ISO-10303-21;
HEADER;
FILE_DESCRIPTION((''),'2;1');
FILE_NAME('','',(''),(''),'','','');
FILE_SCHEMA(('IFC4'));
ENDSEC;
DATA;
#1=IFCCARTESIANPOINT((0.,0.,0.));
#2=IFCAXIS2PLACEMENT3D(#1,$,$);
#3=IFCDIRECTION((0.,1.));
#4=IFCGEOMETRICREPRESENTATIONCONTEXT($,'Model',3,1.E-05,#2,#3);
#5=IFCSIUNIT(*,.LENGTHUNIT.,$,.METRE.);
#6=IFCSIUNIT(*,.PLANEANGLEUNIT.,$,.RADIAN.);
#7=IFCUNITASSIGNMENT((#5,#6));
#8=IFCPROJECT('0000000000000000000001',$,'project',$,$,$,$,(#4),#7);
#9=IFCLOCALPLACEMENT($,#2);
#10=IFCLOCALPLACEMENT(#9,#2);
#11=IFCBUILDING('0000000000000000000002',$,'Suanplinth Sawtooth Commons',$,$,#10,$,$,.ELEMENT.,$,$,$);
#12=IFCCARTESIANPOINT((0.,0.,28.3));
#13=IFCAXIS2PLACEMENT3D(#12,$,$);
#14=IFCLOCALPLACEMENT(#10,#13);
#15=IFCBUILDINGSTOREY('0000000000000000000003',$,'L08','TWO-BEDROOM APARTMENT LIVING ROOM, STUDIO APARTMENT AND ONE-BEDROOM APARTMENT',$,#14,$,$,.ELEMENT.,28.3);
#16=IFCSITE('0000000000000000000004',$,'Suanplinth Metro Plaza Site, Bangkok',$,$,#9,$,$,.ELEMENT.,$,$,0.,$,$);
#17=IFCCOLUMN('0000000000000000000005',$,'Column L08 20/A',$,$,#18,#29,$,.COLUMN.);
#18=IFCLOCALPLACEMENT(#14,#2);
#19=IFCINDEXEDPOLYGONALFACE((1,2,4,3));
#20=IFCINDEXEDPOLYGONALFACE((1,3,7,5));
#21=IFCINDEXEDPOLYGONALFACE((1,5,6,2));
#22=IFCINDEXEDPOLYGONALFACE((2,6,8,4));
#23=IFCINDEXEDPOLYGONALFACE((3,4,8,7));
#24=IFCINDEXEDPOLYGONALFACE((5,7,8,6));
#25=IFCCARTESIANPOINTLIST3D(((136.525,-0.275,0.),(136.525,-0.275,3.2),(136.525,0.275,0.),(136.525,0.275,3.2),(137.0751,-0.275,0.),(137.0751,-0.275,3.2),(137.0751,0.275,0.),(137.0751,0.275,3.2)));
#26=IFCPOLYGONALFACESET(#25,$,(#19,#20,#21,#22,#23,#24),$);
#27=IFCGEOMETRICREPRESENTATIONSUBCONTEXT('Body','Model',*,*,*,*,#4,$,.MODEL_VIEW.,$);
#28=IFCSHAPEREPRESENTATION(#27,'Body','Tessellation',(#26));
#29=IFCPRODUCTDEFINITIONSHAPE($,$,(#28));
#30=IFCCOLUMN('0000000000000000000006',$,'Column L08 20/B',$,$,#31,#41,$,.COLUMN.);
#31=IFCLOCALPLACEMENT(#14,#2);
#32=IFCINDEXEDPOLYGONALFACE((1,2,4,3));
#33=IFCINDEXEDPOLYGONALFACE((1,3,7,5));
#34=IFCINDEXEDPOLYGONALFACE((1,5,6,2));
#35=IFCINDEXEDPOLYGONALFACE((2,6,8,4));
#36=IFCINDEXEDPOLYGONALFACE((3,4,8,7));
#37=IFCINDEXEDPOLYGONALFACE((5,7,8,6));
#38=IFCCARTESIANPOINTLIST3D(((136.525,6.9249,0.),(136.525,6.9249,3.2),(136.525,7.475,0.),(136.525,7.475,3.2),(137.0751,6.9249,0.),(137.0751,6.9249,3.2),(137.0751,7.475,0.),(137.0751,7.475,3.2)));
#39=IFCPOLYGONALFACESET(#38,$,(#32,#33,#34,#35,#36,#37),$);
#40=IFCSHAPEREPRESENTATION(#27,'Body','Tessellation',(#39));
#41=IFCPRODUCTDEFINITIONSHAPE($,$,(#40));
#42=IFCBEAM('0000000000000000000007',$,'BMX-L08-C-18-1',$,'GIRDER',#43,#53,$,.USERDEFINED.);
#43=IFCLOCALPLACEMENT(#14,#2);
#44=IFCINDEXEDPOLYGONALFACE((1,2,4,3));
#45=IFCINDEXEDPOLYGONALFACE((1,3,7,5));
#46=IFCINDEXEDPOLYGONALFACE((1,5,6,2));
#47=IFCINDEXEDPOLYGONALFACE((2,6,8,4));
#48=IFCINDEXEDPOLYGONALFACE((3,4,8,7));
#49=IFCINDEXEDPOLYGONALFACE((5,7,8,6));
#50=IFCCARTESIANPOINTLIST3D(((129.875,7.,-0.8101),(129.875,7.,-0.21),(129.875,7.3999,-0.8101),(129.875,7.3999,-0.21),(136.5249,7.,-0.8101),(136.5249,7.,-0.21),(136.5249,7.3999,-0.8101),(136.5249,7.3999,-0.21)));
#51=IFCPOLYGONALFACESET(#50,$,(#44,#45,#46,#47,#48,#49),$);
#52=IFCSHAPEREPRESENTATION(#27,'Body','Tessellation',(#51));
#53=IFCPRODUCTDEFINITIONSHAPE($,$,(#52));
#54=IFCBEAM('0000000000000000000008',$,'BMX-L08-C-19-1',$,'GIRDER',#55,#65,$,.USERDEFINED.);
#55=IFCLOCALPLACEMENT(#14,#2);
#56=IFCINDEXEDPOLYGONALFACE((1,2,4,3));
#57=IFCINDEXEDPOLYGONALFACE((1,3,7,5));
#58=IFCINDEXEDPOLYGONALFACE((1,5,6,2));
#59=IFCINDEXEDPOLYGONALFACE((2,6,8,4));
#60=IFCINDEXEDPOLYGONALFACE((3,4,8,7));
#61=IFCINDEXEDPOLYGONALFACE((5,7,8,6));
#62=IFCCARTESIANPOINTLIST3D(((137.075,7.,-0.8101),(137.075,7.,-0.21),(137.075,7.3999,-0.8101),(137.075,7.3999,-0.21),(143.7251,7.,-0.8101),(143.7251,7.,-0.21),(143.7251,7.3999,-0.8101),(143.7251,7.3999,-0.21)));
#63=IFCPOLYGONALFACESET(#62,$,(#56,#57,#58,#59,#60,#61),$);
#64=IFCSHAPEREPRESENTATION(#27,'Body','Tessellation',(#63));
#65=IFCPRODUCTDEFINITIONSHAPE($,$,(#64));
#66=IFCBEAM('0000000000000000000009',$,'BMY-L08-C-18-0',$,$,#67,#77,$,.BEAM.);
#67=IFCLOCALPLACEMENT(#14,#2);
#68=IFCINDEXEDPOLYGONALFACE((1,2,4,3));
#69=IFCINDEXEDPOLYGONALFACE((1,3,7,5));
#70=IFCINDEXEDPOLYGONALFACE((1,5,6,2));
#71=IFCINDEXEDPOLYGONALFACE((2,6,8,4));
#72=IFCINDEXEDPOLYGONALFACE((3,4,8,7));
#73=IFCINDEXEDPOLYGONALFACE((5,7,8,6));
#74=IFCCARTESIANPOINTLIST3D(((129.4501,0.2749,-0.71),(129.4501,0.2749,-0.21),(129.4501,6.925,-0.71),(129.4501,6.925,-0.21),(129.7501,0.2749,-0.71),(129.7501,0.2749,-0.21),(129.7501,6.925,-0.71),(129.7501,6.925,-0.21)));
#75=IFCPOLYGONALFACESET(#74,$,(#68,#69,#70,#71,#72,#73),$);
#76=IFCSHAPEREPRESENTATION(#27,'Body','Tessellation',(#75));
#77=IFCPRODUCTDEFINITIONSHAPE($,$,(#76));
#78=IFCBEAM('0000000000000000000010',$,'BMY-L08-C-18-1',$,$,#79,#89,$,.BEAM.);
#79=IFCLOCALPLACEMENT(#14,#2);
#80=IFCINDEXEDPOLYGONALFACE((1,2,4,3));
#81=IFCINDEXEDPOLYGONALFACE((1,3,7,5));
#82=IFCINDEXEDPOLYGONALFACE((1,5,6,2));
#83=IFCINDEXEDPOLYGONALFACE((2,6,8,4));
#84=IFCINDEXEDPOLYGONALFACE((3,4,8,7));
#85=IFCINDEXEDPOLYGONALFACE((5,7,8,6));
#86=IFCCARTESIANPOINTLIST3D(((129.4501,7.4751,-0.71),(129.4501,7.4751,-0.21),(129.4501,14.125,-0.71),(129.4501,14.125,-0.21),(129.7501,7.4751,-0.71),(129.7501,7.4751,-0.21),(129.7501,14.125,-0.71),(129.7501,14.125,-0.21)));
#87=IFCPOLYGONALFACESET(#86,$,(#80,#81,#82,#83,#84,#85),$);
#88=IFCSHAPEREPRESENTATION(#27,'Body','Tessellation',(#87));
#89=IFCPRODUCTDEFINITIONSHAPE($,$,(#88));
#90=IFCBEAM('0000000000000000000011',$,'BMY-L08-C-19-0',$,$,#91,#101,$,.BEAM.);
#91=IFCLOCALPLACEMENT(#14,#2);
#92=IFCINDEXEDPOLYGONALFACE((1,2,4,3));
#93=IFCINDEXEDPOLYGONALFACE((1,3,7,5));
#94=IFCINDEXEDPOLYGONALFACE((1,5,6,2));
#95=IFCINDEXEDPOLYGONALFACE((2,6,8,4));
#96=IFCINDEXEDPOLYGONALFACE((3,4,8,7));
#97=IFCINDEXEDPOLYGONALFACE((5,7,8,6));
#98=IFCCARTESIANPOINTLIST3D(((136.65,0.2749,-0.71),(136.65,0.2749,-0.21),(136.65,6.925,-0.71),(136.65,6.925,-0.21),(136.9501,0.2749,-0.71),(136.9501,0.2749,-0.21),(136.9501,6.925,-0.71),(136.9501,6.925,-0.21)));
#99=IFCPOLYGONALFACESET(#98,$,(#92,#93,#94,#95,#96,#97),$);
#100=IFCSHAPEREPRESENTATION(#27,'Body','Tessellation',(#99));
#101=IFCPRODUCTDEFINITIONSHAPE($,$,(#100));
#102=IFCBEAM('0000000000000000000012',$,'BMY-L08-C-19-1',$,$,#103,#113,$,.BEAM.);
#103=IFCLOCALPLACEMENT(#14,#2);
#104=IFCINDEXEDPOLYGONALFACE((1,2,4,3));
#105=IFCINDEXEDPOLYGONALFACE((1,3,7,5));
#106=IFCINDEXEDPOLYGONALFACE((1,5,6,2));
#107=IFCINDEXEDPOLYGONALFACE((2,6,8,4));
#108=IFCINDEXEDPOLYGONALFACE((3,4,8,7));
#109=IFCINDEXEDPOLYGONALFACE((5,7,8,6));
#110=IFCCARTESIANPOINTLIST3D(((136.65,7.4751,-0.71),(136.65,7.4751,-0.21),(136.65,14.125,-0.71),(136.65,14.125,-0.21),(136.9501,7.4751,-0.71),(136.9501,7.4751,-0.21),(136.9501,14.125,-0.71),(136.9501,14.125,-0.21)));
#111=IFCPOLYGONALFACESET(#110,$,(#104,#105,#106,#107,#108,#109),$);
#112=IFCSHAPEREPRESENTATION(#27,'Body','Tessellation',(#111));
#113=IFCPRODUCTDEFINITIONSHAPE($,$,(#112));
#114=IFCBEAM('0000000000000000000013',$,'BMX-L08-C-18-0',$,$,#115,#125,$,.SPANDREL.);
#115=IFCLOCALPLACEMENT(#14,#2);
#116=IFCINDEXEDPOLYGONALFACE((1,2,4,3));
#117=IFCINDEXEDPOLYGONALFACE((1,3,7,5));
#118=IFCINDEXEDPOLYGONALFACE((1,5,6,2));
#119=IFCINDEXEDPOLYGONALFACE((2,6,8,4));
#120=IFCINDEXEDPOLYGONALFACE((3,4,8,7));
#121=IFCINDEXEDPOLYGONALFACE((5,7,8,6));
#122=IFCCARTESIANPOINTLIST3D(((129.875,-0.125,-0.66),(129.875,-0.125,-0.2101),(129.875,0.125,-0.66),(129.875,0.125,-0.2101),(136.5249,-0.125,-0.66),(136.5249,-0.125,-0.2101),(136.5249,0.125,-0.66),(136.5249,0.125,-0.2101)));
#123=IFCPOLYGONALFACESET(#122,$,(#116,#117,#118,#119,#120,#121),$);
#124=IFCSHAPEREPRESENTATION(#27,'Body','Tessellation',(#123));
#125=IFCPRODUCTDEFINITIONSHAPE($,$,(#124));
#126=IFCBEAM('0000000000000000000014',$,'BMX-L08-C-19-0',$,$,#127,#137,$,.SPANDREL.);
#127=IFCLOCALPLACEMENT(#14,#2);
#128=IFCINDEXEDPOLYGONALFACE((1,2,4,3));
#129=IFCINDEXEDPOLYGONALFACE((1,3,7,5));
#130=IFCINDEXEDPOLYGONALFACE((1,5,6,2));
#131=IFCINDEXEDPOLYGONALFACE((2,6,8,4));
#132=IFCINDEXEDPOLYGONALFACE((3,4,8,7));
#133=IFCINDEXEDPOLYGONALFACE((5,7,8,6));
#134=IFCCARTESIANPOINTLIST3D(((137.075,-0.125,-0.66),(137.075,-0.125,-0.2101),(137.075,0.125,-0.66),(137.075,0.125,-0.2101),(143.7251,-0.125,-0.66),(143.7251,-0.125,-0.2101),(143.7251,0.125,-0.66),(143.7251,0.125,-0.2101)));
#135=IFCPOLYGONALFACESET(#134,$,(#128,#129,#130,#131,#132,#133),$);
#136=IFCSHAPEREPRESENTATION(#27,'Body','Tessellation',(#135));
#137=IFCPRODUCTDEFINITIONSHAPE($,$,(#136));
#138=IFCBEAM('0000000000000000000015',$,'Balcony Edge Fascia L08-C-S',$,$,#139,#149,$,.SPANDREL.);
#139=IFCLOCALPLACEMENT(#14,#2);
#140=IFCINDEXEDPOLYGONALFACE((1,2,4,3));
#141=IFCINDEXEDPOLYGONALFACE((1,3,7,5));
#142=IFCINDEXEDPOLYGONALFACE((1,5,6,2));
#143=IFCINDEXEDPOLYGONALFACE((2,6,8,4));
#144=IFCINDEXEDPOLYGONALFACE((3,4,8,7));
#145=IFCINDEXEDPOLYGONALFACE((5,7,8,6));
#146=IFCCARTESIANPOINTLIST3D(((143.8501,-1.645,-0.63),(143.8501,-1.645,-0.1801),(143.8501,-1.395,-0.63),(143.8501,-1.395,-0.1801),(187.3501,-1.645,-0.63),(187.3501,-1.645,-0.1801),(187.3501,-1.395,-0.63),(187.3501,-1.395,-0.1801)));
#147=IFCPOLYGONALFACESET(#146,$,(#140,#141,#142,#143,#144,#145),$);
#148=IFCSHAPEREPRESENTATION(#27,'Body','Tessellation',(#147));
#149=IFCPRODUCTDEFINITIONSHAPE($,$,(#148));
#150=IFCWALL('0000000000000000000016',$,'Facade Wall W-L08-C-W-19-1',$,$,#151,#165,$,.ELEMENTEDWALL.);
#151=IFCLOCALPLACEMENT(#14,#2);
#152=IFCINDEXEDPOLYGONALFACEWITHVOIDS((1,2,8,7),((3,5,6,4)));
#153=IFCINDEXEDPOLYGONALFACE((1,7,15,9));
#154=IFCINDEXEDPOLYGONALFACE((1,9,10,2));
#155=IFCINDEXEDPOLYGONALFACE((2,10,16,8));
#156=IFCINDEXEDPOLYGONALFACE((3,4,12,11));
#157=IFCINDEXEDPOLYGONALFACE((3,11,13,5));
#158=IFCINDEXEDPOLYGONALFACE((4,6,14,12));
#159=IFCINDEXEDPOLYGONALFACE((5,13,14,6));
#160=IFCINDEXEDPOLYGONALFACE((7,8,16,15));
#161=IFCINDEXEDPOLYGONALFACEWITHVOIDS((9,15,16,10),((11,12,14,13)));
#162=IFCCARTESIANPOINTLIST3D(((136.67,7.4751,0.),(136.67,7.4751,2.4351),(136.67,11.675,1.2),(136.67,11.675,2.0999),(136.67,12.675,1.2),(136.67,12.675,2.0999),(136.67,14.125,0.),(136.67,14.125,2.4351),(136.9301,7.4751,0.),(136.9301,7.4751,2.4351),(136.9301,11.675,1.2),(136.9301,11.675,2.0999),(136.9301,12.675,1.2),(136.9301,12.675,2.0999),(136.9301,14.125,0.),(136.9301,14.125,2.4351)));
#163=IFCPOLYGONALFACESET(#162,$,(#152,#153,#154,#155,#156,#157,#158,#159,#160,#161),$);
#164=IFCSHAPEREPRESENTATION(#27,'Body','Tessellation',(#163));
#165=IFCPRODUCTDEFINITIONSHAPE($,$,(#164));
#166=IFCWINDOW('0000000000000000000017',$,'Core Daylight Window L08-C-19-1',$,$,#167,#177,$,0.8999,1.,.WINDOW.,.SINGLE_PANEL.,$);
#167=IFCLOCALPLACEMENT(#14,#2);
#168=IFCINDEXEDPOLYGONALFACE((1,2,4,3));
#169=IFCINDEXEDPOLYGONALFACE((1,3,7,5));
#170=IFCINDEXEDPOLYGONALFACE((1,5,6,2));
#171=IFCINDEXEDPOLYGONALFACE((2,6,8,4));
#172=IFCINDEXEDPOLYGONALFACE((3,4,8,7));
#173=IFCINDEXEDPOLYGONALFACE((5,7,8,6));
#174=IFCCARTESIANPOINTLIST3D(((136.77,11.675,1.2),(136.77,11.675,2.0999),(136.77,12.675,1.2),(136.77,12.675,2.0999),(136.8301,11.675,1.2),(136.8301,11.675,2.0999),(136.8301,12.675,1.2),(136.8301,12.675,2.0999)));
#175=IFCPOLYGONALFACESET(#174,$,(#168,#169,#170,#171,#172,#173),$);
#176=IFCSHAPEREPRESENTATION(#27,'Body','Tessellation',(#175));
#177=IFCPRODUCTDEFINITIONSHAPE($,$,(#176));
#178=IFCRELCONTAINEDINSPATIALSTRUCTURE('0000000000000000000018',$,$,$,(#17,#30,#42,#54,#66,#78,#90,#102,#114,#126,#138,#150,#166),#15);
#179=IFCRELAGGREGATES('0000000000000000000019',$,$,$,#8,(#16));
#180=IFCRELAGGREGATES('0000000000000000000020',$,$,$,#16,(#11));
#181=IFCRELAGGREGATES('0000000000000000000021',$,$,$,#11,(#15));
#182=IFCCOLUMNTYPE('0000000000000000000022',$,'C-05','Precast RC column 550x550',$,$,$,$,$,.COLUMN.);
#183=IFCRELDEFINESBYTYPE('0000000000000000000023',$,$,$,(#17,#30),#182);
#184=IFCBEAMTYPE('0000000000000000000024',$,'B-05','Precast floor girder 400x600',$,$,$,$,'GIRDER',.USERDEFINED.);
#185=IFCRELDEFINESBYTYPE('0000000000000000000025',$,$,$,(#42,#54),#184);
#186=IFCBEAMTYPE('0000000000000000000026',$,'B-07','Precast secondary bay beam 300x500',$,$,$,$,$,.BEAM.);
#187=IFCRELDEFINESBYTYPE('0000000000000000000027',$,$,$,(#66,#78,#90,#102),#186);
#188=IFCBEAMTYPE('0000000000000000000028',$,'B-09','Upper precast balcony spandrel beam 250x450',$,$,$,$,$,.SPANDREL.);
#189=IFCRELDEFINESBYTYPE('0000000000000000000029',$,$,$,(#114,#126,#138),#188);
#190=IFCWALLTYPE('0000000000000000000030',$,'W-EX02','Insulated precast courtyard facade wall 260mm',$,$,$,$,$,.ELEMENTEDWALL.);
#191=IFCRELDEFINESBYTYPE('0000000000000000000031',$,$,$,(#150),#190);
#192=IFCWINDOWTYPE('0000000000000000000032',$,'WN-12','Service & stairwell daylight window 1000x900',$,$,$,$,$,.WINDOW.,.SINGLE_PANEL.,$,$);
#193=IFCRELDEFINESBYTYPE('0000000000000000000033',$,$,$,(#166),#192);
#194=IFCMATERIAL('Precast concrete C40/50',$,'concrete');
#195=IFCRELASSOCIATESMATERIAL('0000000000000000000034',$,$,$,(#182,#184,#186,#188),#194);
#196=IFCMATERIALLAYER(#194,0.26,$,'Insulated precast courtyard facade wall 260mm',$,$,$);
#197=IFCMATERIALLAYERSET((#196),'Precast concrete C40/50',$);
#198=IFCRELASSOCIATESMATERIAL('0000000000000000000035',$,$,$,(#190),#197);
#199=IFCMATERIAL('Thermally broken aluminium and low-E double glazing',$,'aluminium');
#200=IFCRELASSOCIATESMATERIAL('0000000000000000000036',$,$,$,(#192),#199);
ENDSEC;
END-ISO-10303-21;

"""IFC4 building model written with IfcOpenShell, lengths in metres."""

from ifc_helpers import new_model, si_unit, direction, frame, frame_2d, origin, origin_2d, place, context, subcontext, project, spatial, rectangle, extrude, material, layer, layer_set, material_profile, profile_set, type_object, element, fill, save


model = new_model("IFC4")

# Units and contexts
model_context = context("Model", 3, precision=1e-05, world=origin(), true_north=direction((0.0, 1.0)))
body_context = subcontext(model_context, "Body", "Model", "MODEL_VIEW")
ifc_project = project(units=[si_unit("LENGTHUNIT", "METRE"), si_unit("PLANEANGLEUNIT", "RADIAN")], contexts=[model_context])

# Site, building, storey
site_placement = place(None, origin())
site = spatial("IfcSite", under=ifc_project, at=site_placement, Name="Suanplinth Metro Plaza Site, Bangkok", CompositionType="ELEMENT", RefElevation=0.0)
building_placement = place(site_placement, origin())
building = spatial("IfcBuilding", under=site, at=building_placement, Name="Suanplinth Sawtooth Commons", CompositionType="ELEMENT")
storey_placement = place(building_placement, frame((0.0, 0.0, 28.3)))
storey = spatial("IfcBuildingStorey", under=building, at=storey_placement, Name="L08", Description="TWO-BEDROOM APARTMENT LIVING ROOM, STUDIO APARTMENT AND ONE-BEDROOM APARTMENT", CompositionType="ELEMENT", Elevation=28.3)

# Columns
ifc_material_1 = material(Name="Precast concrete C40/50", Category="concrete")
ifc_material_profile_1 = material_profile(ifc_material_1, rectangle(XDim=0.55, YDim=0.55, at=origin_2d()), Name="PC-COL 550x550")
ifc_profile_set_1 = profile_set([ifc_material_profile_1], Name="Precast concrete C40/50")
column_type = type_object("IfcColumnType", Name="C-05", Description="Precast RC column 550x550", PredefinedType="COLUMN", material=ifc_profile_set_1)
for number, where, z_axis, x_axis, name in (
    (1, (136.8, 0.0, 0.0), (0.0, 0.0, 1.0), (1.0, 0.0, 0.0), "Column L08 20/A"),
    (2, (136.8, 7.2, 0.0), (0.0, 0.0, 1.0), (1.0, 0.0, 0.0), "Column L08 20/B"),
):
    element("IfcColumn", number, at=place(storey_placement, frame(where, z_axis=z_axis, x_axis=x_axis)), inside=storey, type_object=column_type, Name=name, PredefinedType="COLUMN", context=body_context, shape_type="SweptSolid", body=[
        extrude(rectangle(XDim=0.55, YDim=0.55, at=origin_2d()), origin(), (0.0, 0.0, 1.0), 3.2),
    ])

# Beams
ifc_material_profile_2 = material_profile(ifc_material_1, rectangle(XDim=0.3999, YDim=0.6001, at=origin_2d()), Name="PC-GDR 400x600")
ifc_profile_set_2 = profile_set([ifc_material_profile_2], Name="Precast concrete C40/50")
beam_type_1 = type_object("IfcBeamType", Name="B-05", Description="Precast floor girder 400x600", ElementType="GIRDER", PredefinedType="USERDEFINED", material=ifc_profile_set_2)
beam_1_placement = place(storey_placement, frame((129.875, 7.2, -0.51), z_axis=(1.0, 0.0, 0.0), x_axis=(0.0, 1.0, 0.0)))
element("IfcBeam", 3, at=beam_1_placement, inside=storey, type_object=beam_type_1, Name="BMX-L08-C-18-1", ObjectType="GIRDER", PredefinedType="USERDEFINED", context=body_context, shape_type="SweptSolid", body=[
    extrude(rectangle(XDim=0.3999, YDim=0.6001, at=origin_2d()), origin(), (0.0, 0.0, 1.0), 6.6499),
])
beam_2_placement = place(storey_placement, frame((137.075, 7.2, -0.51), z_axis=(1.0, 0.0, 0.0), x_axis=(0.0, 1.0, 0.0)))
element("IfcBeam", 4, at=beam_2_placement, inside=storey, type_object=beam_type_1, Name="BMX-L08-C-19-1", ObjectType="GIRDER", PredefinedType="USERDEFINED", context=body_context, shape_type="SweptSolid", body=[
    extrude(rectangle(XDim=0.3999, YDim=0.6001, at=origin_2d()), origin(), (0.0, 0.0, 1.0), 6.6501),
])
ifc_material_profile_3 = material_profile(ifc_material_1, rectangle(XDim=0.3, YDim=0.5, at=origin_2d()), Name="PC-BM 300x500")
ifc_profile_set_3 = profile_set([ifc_material_profile_3], Name="Precast concrete C40/50")
beam_type_2 = type_object("IfcBeamType", Name="B-07", Description="Precast secondary bay beam 300x500", PredefinedType="BEAM", material=ifc_profile_set_3)
beam_3_placement = place(storey_placement, frame((129.6001, 0.2749, -0.46), z_axis=(0.0, 1.0, 0.0), x_axis=(-1.0, 0.0, 0.0)))
element("IfcBeam", 5, at=beam_3_placement, inside=storey, type_object=beam_type_2, Name="BMY-L08-C-18-0", PredefinedType="BEAM", context=body_context, shape_type="SweptSolid", body=[
    extrude(rectangle(XDim=0.3, YDim=0.5, at=origin_2d()), origin(), (0.0, 0.0, 1.0), 6.6501),
])
beam_4_placement = place(storey_placement, frame((129.6001, 7.4751, -0.46), z_axis=(0.0, 1.0, 0.0), x_axis=(-1.0, 0.0, 0.0)))
element("IfcBeam", 6, at=beam_4_placement, inside=storey, type_object=beam_type_2, Name="BMY-L08-C-18-1", PredefinedType="BEAM", context=body_context, shape_type="SweptSolid", body=[
    extrude(rectangle(XDim=0.3, YDim=0.5, at=origin_2d()), origin(), (0.0, 0.0, 1.0), 6.6499),
])
beam_5_placement = place(storey_placement, frame((136.8, 0.2749, -0.46), z_axis=(0.0, 1.0, 0.0), x_axis=(-1.0, 0.0, 0.0)))
element("IfcBeam", 7, at=beam_5_placement, inside=storey, type_object=beam_type_2, Name="BMY-L08-C-19-0", PredefinedType="BEAM", context=body_context, shape_type="SweptSolid", body=[
    extrude(rectangle(XDim=0.3, YDim=0.5, at=origin_2d()), origin(), (0.0, 0.0, 1.0), 6.6501),
])
beam_6_placement = place(storey_placement, frame((136.8, 7.4751, -0.46), z_axis=(0.0, 1.0, 0.0), x_axis=(-1.0, 0.0, 0.0)))
element("IfcBeam", 8, at=beam_6_placement, inside=storey, type_object=beam_type_2, Name="BMY-L08-C-19-1", PredefinedType="BEAM", context=body_context, shape_type="SweptSolid", body=[
    extrude(rectangle(XDim=0.3, YDim=0.5, at=origin_2d()), origin(), (0.0, 0.0, 1.0), 6.6499),
])
ifc_material_profile_4 = material_profile(ifc_material_1, rectangle(XDim=0.25, YDim=0.45, at=origin_2d()), Name="PC-SP 250x450")
ifc_profile_set_4 = profile_set([ifc_material_profile_4], Name="Precast concrete C40/50")
beam_type_3 = type_object("IfcBeamType", Name="B-09", Description="Upper precast balcony spandrel beam 250x450", PredefinedType="SPANDREL", material=ifc_profile_set_4)
beam_7_placement = place(storey_placement, frame((129.875, 0.0, -0.4351), z_axis=(1.0, 0.0, 0.0), x_axis=(0.0, 1.0, 0.0)))
element("IfcBeam", 9, at=beam_7_placement, inside=storey, type_object=beam_type_3, Name="BMX-L08-C-18-0", PredefinedType="SPANDREL", context=body_context, shape_type="SweptSolid", body=[
    extrude(rectangle(XDim=0.25, YDim=0.45, at=origin_2d()), origin(), (0.0, 0.0, 1.0), 6.6499),
])
beam_8_placement = place(storey_placement, frame((137.075, 0.0, -0.4351), z_axis=(1.0, 0.0, 0.0), x_axis=(0.0, 1.0, 0.0)))
element("IfcBeam", 10, at=beam_8_placement, inside=storey, type_object=beam_type_3, Name="BMX-L08-C-19-0", PredefinedType="SPANDREL", context=body_context, shape_type="SweptSolid", body=[
    extrude(rectangle(XDim=0.25, YDim=0.45, at=origin_2d()), origin(), (0.0, 0.0, 1.0), 6.6501),
])
beam_9_placement = place(storey_placement, frame((143.8501, -1.52, -0.405), z_axis=(1.0, 0.0, 0.0), x_axis=(0.0, 1.0, 0.0)))
element("IfcBeam", 11, at=beam_9_placement, inside=storey, type_object=beam_type_3, Name="Balcony Edge Fascia L08-C-S", PredefinedType="SPANDREL", context=body_context, shape_type="SweptSolid", body=[
    extrude(rectangle(XDim=0.25, YDim=0.45, at=origin_2d()), origin(), (0.0, 0.0, 1.0), 43.5),
])

# Shared definitions
ifc_layer_1 = layer(ifc_material_1, 0.26, Name="Insulated precast courtyard facade wall 260mm")
ifc_layer_set_1 = layer_set([ifc_layer_1], Name="Precast concrete C40/50")
wall_type_1 = type_object("IfcWallType", Name="W-EX02", Description="Insulated precast courtyard facade wall 260mm", PredefinedType="ELEMENTEDWALL", material=ifc_layer_set_1)
ifc_material_2 = material(Name="Thermally broken aluminium and low-E double glazing", Category="aluminium")

# Wall, opening, window
wall_1_placement = place(storey_placement, frame((136.8, 7.4751, 0.0), z_axis=(0.0, 0.0, 1.0), x_axis=(0.0, 1.0, 0.0)))
wall_1 = element("IfcWall", 12, at=wall_1_placement, inside=storey, type_object=wall_type_1, Name="Facade Wall W-L08-C-W-19-1", PredefinedType="ELEMENTEDWALL", context=body_context, shape_type="SweptSolid", body=[
    extrude(rectangle(XDim=6.6499, YDim=0.26, at=frame_2d((3.325, 0.0))), origin(), (0.0, 0.0, 1.0), 2.4351),
])
opening_1_placement = place(wall_1_placement, frame((4.2, 0.0, 1.2)))
opening_1 = element("IfcOpeningElement", 13, at=opening_1_placement, cuts=wall_1, PredefinedType="OPENING", context=body_context, shape_type="SweptSolid", body=[
    extrude(rectangle(XDim=1.0, YDim=0.8999, at=frame_2d((0.5, 0.45))), frame((0.0, 0.145, 0.0), z_axis=(0.0, -1.0, 0.0), x_axis=(1.0, 0.0, 0.0)), (0.0, 0.0, 1.0), 0.2898),
])
window_type_1 = type_object("IfcWindowType", Name="WN-12", Description="Service & stairwell daylight window 1000x900", PartitioningType="SINGLE_PANEL", PredefinedType="WINDOW", material=ifc_material_2)
window_1_placement = place(opening_1_placement, origin())
window_1 = element("IfcWindow", 14, at=window_1_placement, inside=storey, type_object=window_type_1, Name="Core Daylight Window L08-C-19-1", OverallHeight=0.8999, OverallWidth=1.0, PartitioningType="SINGLE_PANEL", PredefinedType="WINDOW", context=body_context, shape_type="SweptSolid", body=[
    extrude(rectangle(XDim=1.0, YDim=0.8999, at=frame_2d((0.5, 0.45))), frame((0.0, 0.03, 0.0), z_axis=(0.0, -1.0, 0.0), x_axis=(1.0, 0.0, 0.0)), (0.0, 0.0, 1.0), 0.0601),
])
fill(opening_1, window_1)

save(model, "model.ifc")
